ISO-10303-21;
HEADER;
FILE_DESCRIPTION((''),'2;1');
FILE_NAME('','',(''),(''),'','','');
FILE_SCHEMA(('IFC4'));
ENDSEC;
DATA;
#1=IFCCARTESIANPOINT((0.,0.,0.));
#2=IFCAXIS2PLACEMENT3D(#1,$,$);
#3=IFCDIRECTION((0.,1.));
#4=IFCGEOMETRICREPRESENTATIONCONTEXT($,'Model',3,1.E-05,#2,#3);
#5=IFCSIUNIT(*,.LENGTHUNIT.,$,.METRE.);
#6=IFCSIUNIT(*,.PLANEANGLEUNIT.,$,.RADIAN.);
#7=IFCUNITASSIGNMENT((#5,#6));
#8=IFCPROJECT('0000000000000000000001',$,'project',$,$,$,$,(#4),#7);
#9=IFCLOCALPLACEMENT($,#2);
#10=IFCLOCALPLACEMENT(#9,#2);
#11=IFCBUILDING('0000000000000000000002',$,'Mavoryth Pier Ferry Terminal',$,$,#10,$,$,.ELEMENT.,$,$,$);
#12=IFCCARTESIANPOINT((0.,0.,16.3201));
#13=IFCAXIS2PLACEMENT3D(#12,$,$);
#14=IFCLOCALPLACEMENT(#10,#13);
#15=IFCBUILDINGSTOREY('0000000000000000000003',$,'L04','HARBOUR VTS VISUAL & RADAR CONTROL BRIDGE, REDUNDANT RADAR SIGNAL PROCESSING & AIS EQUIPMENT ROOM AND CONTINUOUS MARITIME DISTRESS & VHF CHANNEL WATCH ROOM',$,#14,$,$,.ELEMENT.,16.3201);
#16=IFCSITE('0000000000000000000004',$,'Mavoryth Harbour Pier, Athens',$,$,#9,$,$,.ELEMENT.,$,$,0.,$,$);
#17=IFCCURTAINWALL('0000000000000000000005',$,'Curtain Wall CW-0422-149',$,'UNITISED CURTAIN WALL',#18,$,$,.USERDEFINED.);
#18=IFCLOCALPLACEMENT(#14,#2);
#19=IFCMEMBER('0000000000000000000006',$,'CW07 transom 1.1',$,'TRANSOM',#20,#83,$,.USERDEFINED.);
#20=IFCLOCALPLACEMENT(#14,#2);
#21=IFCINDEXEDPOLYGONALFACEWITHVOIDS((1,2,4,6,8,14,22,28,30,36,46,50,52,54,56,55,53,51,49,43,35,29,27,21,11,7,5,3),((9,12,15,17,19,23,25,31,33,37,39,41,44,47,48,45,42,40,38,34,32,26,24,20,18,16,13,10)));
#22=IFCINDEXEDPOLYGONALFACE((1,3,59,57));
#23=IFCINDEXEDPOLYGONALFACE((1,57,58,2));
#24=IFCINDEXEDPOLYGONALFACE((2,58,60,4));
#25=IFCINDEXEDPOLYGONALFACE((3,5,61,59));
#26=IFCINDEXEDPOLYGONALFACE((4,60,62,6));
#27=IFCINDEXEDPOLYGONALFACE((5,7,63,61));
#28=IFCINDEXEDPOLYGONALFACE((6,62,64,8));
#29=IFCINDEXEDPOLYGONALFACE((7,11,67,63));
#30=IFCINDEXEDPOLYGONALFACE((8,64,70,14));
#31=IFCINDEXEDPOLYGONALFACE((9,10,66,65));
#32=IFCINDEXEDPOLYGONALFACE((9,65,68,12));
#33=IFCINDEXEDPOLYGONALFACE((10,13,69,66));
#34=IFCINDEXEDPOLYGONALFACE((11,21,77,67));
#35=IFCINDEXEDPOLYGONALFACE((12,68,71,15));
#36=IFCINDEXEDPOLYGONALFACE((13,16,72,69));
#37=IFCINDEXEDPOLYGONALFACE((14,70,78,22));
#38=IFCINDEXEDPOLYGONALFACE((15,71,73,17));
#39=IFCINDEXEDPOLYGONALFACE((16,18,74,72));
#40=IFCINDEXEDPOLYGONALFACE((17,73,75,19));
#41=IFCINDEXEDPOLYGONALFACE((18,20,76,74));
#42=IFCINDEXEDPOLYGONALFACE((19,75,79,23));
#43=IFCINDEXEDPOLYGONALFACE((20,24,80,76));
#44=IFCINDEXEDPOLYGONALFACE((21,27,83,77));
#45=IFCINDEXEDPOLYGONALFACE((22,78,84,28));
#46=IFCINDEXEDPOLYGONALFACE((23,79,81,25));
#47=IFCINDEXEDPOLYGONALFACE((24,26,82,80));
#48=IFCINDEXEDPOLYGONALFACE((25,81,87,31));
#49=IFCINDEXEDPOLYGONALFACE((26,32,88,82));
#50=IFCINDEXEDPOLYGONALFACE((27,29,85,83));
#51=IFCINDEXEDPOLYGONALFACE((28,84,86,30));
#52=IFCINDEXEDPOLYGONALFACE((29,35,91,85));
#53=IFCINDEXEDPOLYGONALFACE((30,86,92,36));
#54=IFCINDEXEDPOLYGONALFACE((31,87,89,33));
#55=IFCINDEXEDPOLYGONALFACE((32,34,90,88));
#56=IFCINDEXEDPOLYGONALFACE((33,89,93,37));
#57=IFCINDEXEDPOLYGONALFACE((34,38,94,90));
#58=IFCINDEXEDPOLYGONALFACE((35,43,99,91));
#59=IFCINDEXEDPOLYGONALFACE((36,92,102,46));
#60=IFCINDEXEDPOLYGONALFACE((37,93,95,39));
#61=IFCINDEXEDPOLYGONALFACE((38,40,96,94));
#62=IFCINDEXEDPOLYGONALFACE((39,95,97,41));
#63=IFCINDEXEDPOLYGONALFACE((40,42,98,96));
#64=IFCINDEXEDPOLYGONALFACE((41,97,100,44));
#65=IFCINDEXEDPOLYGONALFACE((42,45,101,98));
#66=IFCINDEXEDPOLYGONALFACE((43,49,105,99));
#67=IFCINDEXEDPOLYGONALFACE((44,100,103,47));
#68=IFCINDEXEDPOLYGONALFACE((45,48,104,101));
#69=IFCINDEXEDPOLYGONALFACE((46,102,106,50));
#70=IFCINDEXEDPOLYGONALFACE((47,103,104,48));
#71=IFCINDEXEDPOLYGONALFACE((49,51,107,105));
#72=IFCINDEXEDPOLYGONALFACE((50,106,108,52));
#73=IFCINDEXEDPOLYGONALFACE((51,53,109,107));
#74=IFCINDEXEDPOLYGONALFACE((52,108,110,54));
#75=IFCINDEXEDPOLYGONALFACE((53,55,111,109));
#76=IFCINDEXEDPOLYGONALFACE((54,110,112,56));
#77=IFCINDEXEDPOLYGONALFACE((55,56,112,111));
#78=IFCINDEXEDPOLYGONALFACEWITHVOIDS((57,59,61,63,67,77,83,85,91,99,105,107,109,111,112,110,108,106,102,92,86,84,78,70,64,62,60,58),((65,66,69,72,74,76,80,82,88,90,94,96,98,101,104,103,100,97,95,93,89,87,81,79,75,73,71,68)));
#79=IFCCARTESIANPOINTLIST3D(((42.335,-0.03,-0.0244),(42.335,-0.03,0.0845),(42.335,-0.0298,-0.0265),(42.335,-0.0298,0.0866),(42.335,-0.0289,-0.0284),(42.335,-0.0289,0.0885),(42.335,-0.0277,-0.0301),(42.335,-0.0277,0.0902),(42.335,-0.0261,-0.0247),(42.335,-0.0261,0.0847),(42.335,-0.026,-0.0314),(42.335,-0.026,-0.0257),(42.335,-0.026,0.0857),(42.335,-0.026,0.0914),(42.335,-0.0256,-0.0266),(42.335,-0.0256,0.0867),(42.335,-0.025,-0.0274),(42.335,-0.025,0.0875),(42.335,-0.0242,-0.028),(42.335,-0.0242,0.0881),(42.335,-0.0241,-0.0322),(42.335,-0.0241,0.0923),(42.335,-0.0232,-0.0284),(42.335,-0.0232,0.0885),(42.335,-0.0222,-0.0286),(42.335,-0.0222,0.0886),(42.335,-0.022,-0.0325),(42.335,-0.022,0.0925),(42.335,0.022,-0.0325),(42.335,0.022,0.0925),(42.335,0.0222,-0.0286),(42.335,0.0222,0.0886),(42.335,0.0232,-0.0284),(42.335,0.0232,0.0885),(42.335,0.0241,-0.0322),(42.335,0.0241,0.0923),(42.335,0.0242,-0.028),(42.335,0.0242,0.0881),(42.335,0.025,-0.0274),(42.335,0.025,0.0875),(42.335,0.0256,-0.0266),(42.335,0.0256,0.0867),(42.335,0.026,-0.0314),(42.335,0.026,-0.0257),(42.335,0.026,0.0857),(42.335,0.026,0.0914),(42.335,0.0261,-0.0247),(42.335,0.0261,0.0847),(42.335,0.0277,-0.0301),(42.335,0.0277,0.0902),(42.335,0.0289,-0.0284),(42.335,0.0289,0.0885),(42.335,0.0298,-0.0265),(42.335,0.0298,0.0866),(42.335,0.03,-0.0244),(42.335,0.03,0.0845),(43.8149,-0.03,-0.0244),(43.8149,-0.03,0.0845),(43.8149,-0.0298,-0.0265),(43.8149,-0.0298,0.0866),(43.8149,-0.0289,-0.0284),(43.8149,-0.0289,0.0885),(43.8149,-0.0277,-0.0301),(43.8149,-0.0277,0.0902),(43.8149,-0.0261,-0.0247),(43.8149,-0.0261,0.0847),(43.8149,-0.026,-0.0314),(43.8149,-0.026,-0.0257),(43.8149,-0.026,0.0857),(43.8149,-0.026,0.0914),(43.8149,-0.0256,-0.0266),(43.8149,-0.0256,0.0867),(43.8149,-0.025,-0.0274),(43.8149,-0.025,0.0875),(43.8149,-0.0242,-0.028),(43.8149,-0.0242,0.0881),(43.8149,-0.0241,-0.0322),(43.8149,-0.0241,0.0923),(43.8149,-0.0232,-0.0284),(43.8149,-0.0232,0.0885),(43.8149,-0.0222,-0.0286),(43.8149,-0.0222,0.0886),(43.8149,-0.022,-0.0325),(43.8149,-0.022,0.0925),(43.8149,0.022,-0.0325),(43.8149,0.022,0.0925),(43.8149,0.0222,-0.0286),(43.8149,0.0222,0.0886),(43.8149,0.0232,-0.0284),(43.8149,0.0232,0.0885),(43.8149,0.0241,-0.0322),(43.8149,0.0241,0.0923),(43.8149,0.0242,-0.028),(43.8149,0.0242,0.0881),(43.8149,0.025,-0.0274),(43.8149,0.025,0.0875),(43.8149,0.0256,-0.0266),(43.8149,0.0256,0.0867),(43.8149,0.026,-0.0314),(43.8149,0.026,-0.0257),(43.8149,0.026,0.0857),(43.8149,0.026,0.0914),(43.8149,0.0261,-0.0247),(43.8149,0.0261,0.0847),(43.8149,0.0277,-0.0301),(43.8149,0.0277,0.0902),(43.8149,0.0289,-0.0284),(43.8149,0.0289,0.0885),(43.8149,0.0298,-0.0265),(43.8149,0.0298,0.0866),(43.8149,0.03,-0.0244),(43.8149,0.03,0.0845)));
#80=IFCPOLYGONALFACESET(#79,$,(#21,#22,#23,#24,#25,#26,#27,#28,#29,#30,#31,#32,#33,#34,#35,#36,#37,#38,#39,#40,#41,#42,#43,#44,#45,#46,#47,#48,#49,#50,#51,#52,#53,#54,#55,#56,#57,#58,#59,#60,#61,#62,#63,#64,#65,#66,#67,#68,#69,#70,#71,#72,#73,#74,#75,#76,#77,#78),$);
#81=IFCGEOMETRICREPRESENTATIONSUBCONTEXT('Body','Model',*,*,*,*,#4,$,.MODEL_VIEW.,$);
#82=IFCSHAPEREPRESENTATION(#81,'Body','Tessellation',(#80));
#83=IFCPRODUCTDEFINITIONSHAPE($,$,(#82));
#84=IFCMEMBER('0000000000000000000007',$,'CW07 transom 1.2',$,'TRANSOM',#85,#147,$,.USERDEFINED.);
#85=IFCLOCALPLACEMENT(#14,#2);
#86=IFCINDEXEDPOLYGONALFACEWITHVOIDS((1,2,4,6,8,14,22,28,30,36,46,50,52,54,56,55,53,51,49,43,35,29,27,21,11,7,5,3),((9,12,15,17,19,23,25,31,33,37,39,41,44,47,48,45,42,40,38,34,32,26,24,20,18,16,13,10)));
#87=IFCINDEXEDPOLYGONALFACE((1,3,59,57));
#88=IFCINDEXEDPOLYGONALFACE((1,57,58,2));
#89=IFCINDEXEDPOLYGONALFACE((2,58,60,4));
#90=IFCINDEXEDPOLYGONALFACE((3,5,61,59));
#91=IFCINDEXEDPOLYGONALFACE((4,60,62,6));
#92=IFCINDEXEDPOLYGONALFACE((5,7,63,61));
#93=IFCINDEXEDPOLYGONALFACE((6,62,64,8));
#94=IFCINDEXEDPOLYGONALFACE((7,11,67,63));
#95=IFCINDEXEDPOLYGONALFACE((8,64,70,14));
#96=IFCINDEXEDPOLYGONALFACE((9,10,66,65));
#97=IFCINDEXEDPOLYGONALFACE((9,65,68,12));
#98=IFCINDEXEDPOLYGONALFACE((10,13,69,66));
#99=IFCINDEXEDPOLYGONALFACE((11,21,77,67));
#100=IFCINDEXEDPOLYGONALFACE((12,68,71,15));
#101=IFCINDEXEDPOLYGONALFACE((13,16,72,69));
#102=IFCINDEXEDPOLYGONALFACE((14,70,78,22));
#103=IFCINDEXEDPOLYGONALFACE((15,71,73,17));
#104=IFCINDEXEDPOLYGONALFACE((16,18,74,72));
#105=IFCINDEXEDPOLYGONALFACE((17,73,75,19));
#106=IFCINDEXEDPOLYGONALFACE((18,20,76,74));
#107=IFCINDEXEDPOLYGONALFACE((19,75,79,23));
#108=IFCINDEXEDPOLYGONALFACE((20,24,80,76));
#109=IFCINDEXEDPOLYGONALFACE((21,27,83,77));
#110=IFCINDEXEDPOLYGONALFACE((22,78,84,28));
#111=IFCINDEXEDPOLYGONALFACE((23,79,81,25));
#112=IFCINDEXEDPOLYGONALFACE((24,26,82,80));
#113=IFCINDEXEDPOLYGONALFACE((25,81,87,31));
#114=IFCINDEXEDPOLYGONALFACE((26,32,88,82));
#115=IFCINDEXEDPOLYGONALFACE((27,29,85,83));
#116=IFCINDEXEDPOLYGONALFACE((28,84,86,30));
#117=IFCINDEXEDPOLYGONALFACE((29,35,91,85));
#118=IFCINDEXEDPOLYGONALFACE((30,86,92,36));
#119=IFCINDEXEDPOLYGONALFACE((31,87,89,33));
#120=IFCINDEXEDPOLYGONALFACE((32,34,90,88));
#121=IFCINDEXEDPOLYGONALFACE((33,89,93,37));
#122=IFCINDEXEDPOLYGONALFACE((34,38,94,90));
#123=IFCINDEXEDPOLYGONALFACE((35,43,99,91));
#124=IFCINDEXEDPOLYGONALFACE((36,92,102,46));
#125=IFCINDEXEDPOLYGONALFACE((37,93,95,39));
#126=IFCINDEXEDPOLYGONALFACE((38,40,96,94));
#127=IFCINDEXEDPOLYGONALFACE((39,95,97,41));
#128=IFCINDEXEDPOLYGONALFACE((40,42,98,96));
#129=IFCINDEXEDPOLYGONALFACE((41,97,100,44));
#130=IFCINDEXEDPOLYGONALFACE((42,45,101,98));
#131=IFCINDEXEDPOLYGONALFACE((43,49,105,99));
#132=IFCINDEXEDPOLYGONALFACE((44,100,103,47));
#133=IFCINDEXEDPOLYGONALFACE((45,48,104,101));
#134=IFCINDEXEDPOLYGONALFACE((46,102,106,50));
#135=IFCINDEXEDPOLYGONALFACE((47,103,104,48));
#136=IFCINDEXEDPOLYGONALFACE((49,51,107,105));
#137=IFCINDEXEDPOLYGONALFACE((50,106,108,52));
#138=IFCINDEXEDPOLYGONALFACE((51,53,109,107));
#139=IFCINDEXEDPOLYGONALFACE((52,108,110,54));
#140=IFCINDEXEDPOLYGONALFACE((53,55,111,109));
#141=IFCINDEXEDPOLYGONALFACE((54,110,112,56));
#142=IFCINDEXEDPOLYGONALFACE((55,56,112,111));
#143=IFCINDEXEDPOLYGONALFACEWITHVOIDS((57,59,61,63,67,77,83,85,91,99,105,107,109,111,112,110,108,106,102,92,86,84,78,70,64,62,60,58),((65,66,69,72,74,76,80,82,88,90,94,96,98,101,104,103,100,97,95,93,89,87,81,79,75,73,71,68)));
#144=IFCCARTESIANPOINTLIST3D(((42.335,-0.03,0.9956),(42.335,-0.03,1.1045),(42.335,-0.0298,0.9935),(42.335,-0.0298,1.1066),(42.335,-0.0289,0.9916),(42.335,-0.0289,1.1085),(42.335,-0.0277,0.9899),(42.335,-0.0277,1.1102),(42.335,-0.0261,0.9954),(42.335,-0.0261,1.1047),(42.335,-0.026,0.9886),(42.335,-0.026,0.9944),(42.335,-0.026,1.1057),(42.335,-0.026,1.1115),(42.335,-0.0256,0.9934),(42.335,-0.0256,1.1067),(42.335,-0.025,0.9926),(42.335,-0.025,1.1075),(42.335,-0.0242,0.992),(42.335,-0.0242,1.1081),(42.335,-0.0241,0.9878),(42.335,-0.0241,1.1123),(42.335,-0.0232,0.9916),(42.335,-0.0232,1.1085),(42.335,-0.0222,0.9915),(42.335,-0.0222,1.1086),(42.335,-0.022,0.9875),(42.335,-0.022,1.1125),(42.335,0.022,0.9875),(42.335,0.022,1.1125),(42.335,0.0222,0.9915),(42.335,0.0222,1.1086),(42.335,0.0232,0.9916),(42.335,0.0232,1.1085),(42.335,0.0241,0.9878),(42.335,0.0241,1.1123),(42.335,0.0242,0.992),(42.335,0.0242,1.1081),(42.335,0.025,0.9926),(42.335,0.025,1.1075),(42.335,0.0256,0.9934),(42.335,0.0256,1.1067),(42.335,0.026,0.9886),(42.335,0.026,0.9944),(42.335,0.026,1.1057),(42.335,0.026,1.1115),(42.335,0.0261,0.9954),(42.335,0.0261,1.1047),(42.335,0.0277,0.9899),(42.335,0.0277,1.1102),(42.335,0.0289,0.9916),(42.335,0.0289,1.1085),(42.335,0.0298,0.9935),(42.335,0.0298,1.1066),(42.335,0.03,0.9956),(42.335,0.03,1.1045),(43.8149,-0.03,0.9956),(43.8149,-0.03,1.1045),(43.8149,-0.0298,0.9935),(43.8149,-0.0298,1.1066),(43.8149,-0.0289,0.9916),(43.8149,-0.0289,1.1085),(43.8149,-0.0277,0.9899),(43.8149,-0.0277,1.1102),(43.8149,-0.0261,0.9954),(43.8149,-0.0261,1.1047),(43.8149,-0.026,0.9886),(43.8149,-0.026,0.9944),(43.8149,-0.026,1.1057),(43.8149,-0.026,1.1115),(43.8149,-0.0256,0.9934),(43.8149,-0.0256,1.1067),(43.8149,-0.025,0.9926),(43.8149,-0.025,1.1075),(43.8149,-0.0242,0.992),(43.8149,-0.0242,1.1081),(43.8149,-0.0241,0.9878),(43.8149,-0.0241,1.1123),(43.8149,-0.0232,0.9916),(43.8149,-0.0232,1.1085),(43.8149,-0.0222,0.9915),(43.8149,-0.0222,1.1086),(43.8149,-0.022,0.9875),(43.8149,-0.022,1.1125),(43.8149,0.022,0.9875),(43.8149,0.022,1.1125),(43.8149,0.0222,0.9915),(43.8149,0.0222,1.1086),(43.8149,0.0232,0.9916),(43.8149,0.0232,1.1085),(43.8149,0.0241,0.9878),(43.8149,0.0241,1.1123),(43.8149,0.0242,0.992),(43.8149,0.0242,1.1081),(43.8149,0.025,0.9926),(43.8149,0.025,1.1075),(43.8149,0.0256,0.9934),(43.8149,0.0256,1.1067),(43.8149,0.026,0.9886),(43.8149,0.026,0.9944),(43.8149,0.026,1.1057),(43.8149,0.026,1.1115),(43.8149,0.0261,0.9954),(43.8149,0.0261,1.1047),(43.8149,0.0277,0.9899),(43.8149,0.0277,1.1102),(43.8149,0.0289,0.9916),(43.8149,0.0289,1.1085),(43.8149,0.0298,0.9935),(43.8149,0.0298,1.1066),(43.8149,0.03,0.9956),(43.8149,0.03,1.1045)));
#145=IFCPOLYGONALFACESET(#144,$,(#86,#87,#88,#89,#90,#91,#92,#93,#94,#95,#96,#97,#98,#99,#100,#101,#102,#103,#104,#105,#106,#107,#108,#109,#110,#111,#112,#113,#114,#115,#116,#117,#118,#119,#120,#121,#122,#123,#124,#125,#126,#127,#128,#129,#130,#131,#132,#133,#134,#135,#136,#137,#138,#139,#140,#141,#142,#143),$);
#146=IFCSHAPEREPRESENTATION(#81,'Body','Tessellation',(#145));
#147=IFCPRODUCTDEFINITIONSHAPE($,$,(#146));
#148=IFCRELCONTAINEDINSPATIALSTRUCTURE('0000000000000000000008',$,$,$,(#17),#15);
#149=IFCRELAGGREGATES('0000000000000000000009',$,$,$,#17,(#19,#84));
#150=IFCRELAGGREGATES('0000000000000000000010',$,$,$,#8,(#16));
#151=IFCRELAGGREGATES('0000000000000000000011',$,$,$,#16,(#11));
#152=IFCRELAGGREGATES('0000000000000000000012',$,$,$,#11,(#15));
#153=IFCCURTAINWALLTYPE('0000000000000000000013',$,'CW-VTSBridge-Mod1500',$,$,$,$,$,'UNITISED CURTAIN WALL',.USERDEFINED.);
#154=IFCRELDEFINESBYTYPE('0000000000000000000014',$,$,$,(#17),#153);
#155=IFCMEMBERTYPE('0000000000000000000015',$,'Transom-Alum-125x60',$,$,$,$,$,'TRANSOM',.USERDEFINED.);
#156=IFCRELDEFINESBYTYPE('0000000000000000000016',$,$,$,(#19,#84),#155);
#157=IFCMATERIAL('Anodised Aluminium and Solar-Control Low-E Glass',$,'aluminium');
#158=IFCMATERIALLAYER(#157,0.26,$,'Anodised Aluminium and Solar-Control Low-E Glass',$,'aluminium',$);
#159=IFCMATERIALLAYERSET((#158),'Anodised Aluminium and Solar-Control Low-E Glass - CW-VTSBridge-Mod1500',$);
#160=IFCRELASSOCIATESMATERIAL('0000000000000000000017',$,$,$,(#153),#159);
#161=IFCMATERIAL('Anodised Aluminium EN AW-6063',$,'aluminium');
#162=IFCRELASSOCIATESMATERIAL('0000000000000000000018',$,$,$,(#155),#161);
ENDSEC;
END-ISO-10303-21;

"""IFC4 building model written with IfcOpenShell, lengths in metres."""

from ifc_helpers import new_model, si_unit, direction, frame, origin, origin_2d, place, context, subcontext, project, spatial, hollow_rectangle, extrude, material, layer, layer_set, material_profile, profile_set, type_object, element, aggregate, save


model = new_model("IFC4")

# Units and contexts
model_context = context("Model", 3, precision=1e-05, world=origin(), true_north=direction((0.0, 1.0)))
body_context = subcontext(model_context, "Body", "Model", "MODEL_VIEW")
ifc_project = project(units=[si_unit("LENGTHUNIT", "METRE"), si_unit("PLANEANGLEUNIT", "RADIAN")], contexts=[model_context])

# Site, building, storey
site_placement = place(None, origin())
site = spatial("IfcSite", under=ifc_project, at=site_placement, Name="Mavoryth Harbour Pier, Athens", CompositionType="ELEMENT", RefElevation=0.0)
building_placement = place(site_placement, origin())
building = spatial("IfcBuilding", under=site, at=building_placement, Name="Mavoryth Pier Ferry Terminal", CompositionType="ELEMENT")
storey_placement = place(building_placement, frame((0.0, 0.0, 16.3201)))
storey = spatial("IfcBuildingStorey", under=building, at=storey_placement, Name="L04", Description="HARBOUR VTS VISUAL & RADAR CONTROL BRIDGE, REDUNDANT RADAR SIGNAL PROCESSING & AIS EQUIPMENT ROOM AND CONTINUOUS MARITIME DISTRESS & VHF CHANNEL WATCH ROOM", CompositionType="ELEMENT", Elevation=16.3201)

# Curtain wall
ifc_material_1 = material(Name="Anodised Aluminium and Solar-Control Low-E Glass", Category="aluminium")
ifc_layer_1 = layer(ifc_material_1, 0.26, Name="Anodised Aluminium and Solar-Control Low-E Glass", Category="aluminium")
ifc_layer_set_1 = layer_set([ifc_layer_1], Name="Anodised Aluminium and Solar-Control Low-E Glass - CW-VTSBridge-Mod1500")
curtain_wall_type = type_object("IfcCurtainWallType", Name="CW-VTSBridge-Mod1500", ElementType="UNITISED CURTAIN WALL", PredefinedType="USERDEFINED", material=ifc_layer_set_1)
curtain_wall_placement = place(storey_placement, origin())
curtain_wall = element("IfcCurtainWall", 1, at=curtain_wall_placement, inside=storey, type_object=curtain_wall_type, Name="Curtain Wall CW-0422-149", ObjectType="UNITISED CURTAIN WALL", PredefinedType="USERDEFINED")
ifc_material_2 = material(Name="Anodised Aluminium EN AW-6063", Category="aluminium")

# Members
ifc_material_profile_1 = material_profile(ifc_material_2, hollow_rectangle(XDim=0.0601, YDim=0.125, WallThickness=0.0039, InnerFilletRadius=0.0039, OuterFilletRadius=0.0081, at=origin_2d()), Name="AL-TRAN 125x60x4", Category="aluminium")
ifc_profile_set_1 = profile_set([ifc_material_profile_1], Name="Anodised Aluminium EN AW-6063 - AL-TRAN 125x60x4")
member_type_1 = type_object("IfcMemberType", Name="Transom-Alum-125x60", ElementType="TRANSOM", PredefinedType="USERDEFINED", material=ifc_profile_set_1)
member_1_placement = place(storey_placement, frame((42.335, 0.0, 0.03), z_axis=(1.0, 0.0, 0.0), x_axis=(0.0, 1.0, 0.0)))
member_1 = element("IfcMember", 2, at=member_1_placement, type_object=member_type_1, Name="CW07 transom 1.1", ObjectType="TRANSOM", PredefinedType="USERDEFINED", context=body_context, shape_type="SweptSolid", body=[
    extrude(hollow_rectangle(XDim=0.0601, YDim=0.125, WallThickness=0.0039, InnerFilletRadius=0.0039, OuterFilletRadius=0.0081, at=origin_2d()), origin(), (0.0, 0.0, 1.0), 1.48),
])
member_2_placement = place(storey_placement, frame((42.335, 0.0, 1.05), z_axis=(1.0, 0.0, 0.0), x_axis=(0.0, 1.0, 0.0)))
member_2 = element("IfcMember", 3, at=member_2_placement, type_object=member_type_1, Name="CW07 transom 1.2", ObjectType="TRANSOM", PredefinedType="USERDEFINED", context=body_context, shape_type="SweptSolid", body=[
    extrude(hollow_rectangle(XDim=0.0601, YDim=0.125, WallThickness=0.0039, InnerFilletRadius=0.0039, OuterFilletRadius=0.0081, at=origin_2d()), origin(), (0.0, 0.0, 1.0), 1.48),
])

aggregate(curtain_wall, [member_1, member_2])

save(model, "model.ifc")
